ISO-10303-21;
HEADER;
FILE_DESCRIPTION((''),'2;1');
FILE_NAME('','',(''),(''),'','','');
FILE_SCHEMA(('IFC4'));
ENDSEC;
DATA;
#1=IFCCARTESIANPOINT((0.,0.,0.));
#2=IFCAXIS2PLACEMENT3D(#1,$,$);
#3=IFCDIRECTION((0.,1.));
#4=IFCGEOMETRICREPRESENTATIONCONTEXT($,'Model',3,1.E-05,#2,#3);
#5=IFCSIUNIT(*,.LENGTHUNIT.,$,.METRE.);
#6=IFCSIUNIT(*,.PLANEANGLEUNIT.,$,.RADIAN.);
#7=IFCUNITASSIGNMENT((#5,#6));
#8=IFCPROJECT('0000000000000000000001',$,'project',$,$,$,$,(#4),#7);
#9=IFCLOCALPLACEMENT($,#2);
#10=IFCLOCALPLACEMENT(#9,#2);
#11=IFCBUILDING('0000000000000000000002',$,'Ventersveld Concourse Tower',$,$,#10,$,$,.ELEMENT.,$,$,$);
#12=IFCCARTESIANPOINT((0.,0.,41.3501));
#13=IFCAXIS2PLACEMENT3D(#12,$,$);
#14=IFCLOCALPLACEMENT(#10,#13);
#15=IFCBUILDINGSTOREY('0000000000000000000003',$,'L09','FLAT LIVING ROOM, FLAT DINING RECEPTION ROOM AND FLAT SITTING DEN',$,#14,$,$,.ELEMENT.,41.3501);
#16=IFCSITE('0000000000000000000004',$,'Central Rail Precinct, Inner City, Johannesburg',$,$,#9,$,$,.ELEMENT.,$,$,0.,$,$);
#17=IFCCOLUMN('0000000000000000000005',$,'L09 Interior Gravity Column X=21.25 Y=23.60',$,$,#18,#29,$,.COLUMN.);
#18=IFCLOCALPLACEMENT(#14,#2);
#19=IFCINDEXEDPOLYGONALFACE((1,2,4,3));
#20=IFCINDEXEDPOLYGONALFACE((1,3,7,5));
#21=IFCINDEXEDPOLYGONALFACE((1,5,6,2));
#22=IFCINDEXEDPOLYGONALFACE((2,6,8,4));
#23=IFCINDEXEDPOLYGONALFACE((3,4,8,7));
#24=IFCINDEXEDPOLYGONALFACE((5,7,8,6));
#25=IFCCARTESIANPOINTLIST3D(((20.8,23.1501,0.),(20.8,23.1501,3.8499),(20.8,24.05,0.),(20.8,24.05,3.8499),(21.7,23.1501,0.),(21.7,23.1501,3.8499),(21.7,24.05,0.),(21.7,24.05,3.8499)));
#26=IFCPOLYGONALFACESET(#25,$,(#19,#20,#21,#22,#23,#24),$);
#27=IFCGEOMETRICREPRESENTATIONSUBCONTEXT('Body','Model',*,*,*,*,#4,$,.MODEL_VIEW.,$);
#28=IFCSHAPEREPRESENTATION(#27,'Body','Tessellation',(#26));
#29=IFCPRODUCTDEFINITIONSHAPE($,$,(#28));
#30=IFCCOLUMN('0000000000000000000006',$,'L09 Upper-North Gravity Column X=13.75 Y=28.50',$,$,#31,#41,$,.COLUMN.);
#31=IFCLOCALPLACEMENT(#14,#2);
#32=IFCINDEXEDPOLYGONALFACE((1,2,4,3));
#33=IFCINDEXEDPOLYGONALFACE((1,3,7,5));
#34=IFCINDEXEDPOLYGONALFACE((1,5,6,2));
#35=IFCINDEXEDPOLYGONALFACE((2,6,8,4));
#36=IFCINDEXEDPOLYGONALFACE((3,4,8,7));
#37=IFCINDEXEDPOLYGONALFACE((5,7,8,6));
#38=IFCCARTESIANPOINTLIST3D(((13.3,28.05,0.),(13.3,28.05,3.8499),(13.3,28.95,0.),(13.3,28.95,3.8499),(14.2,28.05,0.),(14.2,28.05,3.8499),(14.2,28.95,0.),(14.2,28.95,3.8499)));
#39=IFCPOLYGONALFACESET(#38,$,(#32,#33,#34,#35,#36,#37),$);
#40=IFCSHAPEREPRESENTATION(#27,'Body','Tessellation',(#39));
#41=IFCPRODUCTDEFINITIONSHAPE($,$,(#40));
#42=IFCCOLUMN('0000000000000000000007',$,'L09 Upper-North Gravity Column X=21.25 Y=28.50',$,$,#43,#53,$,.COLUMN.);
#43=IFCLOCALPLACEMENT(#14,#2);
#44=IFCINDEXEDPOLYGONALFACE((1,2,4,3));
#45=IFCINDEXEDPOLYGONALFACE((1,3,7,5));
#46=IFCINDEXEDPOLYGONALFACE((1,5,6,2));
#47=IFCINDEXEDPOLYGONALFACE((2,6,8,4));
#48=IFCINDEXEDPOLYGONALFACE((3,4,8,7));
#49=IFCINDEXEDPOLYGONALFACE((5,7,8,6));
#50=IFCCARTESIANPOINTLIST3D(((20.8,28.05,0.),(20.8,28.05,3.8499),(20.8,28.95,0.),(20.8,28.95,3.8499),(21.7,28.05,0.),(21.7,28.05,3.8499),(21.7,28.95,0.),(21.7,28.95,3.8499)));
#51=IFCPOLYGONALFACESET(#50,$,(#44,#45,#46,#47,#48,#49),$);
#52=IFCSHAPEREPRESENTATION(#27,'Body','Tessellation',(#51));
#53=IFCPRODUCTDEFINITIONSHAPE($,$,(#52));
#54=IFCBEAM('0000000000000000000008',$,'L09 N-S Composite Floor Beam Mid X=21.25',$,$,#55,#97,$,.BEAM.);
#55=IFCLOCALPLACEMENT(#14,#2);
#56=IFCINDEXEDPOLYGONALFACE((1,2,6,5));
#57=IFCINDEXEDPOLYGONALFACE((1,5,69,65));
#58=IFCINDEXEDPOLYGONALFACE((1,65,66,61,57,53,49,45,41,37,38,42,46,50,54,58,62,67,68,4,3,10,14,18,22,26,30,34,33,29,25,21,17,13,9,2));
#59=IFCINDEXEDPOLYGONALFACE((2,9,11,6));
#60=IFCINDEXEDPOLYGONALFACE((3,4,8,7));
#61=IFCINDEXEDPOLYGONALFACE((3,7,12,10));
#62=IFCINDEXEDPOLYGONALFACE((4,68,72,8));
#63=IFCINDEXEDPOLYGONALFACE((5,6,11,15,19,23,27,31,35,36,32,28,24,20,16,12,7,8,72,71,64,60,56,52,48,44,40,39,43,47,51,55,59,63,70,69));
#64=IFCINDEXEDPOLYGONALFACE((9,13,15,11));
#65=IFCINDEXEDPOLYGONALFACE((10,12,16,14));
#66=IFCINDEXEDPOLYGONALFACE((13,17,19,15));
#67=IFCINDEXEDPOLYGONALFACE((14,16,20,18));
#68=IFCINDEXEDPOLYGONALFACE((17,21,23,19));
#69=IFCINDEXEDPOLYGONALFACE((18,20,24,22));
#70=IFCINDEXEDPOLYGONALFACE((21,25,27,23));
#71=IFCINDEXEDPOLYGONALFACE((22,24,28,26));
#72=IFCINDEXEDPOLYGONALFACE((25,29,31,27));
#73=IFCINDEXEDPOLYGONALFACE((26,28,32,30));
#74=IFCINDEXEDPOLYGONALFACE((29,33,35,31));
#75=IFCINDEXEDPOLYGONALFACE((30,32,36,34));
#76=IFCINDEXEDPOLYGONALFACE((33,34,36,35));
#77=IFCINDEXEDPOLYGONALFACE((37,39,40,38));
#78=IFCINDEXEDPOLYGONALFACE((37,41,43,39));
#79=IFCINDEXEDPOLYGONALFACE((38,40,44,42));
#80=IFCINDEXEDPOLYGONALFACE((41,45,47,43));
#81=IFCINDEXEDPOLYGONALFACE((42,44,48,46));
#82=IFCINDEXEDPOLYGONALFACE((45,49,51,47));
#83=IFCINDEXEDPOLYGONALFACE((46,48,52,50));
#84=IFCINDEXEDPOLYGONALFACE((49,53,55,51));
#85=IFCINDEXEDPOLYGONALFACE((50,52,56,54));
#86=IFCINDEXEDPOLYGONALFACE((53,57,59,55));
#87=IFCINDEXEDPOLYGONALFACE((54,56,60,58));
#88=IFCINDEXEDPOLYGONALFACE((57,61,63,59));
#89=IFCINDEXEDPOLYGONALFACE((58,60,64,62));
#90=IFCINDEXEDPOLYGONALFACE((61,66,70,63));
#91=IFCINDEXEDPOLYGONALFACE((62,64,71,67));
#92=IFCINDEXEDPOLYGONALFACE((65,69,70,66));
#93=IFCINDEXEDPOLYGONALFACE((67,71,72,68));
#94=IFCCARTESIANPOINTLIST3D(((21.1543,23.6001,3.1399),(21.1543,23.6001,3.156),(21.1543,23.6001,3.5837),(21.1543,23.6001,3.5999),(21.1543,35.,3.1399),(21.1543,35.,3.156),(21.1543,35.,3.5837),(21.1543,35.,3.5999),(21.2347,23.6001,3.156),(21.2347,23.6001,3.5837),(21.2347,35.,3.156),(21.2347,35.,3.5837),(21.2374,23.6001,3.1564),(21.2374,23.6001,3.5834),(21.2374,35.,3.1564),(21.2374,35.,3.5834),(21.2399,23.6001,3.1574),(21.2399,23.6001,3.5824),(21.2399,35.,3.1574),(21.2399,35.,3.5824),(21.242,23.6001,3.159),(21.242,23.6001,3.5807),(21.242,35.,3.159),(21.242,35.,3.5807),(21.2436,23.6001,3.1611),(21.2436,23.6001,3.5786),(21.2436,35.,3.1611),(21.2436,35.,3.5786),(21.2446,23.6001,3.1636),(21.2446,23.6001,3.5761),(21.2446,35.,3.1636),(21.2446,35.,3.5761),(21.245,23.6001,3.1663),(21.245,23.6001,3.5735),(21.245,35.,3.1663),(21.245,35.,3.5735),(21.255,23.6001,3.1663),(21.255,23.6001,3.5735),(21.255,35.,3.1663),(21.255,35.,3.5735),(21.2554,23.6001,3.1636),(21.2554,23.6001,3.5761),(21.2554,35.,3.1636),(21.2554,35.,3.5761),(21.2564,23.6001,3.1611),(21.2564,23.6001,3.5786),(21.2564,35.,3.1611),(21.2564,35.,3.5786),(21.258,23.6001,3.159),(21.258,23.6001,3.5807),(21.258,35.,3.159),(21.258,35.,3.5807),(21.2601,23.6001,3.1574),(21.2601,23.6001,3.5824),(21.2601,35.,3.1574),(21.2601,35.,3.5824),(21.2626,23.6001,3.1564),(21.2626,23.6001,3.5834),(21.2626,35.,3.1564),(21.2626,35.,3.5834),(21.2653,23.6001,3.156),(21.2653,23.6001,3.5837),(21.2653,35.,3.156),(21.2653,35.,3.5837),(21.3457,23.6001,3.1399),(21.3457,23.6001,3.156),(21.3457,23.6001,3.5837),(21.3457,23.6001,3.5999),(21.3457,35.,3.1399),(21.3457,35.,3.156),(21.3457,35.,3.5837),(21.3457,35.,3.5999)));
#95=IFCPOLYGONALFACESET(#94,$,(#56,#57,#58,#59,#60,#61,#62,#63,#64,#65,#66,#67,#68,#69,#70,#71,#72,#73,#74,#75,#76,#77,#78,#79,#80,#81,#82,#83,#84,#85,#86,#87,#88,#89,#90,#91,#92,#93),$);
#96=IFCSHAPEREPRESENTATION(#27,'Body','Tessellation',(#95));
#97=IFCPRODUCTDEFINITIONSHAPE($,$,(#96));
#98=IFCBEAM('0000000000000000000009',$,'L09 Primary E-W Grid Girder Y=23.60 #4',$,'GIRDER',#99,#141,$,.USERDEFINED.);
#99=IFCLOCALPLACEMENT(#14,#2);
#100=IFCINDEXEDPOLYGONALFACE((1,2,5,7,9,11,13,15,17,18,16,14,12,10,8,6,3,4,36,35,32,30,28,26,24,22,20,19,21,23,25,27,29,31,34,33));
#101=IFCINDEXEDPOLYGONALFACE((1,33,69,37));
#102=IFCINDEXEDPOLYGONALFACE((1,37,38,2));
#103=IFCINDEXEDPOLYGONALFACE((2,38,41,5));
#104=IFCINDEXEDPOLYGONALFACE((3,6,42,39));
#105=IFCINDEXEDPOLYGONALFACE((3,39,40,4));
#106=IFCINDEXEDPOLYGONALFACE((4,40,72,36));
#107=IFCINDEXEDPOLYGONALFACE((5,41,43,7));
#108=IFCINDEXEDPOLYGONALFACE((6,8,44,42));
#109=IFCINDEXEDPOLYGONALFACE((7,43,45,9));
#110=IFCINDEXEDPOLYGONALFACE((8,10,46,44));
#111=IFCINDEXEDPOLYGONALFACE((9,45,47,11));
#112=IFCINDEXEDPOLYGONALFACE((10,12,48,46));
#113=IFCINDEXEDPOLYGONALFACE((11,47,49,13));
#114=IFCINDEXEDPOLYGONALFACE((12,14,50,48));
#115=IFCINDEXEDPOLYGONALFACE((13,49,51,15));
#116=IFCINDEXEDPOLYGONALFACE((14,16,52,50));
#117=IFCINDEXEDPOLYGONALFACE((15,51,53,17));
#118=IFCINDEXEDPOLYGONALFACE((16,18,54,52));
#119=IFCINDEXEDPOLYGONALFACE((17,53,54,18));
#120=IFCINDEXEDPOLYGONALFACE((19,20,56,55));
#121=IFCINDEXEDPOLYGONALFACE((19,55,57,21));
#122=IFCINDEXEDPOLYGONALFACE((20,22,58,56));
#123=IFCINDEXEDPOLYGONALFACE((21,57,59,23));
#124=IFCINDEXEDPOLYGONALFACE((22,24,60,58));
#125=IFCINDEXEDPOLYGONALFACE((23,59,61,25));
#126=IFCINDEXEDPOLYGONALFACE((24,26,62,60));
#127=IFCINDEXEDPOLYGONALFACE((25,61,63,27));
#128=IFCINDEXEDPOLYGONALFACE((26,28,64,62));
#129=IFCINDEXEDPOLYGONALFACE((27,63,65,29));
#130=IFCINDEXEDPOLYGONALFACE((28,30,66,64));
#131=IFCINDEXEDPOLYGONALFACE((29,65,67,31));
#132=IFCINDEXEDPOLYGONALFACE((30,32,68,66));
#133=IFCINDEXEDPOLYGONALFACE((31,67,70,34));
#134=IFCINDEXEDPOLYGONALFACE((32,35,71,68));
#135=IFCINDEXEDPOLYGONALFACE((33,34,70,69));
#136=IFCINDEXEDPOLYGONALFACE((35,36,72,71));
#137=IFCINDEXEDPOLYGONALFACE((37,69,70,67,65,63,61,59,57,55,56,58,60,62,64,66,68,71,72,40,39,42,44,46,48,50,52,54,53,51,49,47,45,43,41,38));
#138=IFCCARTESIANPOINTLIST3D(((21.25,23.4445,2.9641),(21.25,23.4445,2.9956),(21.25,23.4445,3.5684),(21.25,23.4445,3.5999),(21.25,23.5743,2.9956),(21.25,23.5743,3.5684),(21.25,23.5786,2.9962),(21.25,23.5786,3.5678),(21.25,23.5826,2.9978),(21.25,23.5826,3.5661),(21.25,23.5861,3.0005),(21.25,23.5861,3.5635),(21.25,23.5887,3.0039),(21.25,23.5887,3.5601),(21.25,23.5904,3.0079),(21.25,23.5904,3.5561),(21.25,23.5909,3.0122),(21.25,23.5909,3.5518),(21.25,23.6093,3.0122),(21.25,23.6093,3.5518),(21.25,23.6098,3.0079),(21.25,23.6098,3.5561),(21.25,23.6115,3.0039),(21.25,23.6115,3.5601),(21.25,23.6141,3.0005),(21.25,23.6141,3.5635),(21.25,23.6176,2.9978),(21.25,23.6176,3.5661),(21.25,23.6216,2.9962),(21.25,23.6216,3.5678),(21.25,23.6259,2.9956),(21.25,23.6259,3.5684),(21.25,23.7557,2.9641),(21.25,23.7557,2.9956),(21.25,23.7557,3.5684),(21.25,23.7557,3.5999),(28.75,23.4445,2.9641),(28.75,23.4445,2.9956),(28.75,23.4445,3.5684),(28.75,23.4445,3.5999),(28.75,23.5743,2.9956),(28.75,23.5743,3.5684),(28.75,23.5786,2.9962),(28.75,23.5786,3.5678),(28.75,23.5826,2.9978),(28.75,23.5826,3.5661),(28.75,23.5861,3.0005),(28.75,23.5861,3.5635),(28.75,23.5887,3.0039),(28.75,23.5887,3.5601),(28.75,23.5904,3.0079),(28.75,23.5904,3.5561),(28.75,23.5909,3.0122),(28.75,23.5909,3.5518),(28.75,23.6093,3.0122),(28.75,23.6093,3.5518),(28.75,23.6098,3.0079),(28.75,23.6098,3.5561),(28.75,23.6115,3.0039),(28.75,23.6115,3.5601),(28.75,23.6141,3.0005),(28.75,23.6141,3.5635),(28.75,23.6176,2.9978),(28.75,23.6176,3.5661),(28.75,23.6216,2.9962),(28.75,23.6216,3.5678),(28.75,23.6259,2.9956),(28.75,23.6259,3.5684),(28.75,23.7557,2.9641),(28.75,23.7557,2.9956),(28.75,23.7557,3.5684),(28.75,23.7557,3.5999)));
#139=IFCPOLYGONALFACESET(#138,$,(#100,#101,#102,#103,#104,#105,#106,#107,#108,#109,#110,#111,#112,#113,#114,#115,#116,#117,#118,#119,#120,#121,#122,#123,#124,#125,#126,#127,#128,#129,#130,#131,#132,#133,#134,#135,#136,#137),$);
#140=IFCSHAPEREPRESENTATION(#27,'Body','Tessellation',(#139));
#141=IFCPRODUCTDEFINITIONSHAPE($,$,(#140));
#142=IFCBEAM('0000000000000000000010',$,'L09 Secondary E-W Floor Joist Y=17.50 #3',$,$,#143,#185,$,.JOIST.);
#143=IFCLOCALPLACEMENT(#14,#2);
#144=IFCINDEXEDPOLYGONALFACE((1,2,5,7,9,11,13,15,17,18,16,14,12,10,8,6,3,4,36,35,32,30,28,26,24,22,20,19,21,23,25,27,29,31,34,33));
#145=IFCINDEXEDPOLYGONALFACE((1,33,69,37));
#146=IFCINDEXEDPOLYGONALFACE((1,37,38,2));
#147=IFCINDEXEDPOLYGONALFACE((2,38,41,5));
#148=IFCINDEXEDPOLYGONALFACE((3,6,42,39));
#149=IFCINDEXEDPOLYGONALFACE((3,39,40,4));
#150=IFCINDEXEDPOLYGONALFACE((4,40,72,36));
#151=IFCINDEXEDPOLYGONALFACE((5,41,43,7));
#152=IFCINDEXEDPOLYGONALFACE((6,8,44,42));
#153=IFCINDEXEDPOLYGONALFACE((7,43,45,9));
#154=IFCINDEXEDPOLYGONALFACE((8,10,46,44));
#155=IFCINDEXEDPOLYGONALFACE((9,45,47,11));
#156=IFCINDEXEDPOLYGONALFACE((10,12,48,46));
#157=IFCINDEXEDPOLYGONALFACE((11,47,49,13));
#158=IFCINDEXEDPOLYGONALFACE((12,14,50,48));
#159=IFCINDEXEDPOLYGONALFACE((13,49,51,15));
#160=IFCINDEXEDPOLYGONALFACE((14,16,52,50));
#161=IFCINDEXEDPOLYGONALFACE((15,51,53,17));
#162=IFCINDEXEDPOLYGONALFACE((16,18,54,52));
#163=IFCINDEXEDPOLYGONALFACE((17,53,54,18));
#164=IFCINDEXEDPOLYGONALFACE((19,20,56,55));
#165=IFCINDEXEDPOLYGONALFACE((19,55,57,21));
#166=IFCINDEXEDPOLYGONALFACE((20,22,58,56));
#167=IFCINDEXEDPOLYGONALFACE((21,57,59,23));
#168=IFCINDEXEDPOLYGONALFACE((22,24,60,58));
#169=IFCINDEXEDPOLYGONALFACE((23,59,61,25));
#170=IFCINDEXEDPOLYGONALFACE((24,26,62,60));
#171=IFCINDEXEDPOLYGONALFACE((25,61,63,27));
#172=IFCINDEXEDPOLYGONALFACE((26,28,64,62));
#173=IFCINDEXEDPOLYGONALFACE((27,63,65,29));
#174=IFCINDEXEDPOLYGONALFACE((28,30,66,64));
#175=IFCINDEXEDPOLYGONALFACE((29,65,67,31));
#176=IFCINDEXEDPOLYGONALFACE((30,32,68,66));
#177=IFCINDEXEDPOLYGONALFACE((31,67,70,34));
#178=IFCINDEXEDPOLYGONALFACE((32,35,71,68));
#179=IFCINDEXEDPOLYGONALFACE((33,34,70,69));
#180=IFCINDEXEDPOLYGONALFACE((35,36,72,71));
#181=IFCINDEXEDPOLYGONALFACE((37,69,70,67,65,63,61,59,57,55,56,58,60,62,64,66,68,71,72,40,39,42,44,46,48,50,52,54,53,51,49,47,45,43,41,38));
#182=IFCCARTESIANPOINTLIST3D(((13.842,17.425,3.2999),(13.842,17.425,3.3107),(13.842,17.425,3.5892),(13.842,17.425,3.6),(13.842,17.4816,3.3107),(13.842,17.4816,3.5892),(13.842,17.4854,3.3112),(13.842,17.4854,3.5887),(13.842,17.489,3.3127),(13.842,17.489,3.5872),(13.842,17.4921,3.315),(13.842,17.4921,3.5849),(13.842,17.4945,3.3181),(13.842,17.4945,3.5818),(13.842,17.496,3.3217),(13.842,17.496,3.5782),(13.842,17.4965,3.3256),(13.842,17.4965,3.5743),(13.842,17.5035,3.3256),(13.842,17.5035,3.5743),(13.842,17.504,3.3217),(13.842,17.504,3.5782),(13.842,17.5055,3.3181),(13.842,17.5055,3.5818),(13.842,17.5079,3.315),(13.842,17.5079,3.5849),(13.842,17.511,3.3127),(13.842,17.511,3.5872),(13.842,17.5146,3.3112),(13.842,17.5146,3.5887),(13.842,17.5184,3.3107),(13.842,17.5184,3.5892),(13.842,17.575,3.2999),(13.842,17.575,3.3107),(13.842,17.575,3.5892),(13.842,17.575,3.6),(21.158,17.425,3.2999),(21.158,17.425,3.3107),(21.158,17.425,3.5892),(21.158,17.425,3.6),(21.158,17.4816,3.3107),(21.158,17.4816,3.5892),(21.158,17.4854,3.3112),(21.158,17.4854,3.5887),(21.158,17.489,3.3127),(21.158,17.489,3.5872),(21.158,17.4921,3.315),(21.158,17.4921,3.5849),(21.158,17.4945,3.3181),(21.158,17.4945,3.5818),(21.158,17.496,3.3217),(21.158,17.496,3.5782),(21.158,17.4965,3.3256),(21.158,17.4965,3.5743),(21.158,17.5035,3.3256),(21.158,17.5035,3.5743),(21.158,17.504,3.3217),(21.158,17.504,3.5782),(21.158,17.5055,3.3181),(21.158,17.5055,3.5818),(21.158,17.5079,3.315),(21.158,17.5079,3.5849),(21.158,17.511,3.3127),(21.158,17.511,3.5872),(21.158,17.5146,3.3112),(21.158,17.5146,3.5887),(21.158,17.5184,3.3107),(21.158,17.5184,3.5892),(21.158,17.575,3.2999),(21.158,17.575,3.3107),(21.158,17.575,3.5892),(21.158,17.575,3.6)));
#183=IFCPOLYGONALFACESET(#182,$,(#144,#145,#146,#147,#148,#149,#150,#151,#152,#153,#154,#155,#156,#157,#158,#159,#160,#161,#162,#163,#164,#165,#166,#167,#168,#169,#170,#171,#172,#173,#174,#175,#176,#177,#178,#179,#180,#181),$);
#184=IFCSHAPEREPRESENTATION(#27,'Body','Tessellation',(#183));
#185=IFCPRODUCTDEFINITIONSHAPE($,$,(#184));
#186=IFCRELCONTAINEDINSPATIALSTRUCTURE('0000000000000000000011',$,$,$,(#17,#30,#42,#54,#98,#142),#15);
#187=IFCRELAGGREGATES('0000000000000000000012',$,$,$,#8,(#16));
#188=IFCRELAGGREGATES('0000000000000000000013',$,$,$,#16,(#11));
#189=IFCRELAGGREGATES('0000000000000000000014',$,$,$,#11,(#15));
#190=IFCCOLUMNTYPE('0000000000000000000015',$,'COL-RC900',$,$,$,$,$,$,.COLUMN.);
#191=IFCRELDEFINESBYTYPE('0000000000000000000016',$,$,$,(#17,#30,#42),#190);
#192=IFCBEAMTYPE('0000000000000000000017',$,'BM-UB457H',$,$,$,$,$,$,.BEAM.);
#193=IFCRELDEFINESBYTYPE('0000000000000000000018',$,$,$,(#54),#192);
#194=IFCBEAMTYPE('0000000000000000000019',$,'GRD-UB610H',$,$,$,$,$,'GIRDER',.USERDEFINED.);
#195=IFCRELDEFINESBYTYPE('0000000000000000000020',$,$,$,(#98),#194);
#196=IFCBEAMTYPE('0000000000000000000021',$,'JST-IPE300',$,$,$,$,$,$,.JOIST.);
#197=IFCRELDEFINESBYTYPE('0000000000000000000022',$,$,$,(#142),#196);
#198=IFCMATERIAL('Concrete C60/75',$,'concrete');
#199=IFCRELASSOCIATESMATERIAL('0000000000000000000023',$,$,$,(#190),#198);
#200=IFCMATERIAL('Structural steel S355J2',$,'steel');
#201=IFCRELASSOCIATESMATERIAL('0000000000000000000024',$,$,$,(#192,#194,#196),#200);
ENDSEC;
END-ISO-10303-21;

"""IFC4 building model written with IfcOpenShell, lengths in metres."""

from ifc_helpers import new_model, si_unit, direction, frame, origin, origin_2d, place, context, subcontext, project, spatial, rectangle, i_section, extrude, material, material_profile, profile_set, type_object, element, save


model = new_model("IFC4")

# Units and contexts
model_context = context("Model", 3, precision=1e-05, world=origin(), true_north=direction((0.0, 1.0)))
body_context = subcontext(model_context, "Body", "Model", "MODEL_VIEW")
ifc_project = project(units=[si_unit("LENGTHUNIT", "METRE"), si_unit("PLANEANGLEUNIT", "RADIAN")], contexts=[model_context])

# Site, building, storey
site_placement = place(None, origin())
site = spatial("IfcSite", under=ifc_project, at=site_placement, Name="Central Rail Precinct, Inner City, Johannesburg", CompositionType="ELEMENT", RefElevation=0.0)
building_placement = place(site_placement, origin())
building = spatial("IfcBuilding", under=site, at=building_placement, Name="Ventersveld Concourse Tower", CompositionType="ELEMENT")
storey_placement = place(building_placement, frame((0.0, 0.0, 41.3501)))
storey = spatial("IfcBuildingStorey", under=building, at=storey_placement, Name="L09", Description="FLAT LIVING ROOM, FLAT DINING RECEPTION ROOM AND FLAT SITTING DEN", CompositionType="ELEMENT", Elevation=41.3501)

# Columns
ifc_material_1 = material(Name="Concrete C60/75", Category="concrete")
ifc_material_profile_1 = material_profile(ifc_material_1, rectangle(XDim=0.8999, YDim=0.8999, at=origin_2d()), Name="RC 900x900")
ifc_profile_set_1 = profile_set([ifc_material_profile_1], Name="Concrete C60/75")
column_type = type_object("IfcColumnType", Name="COL-RC900", PredefinedType="COLUMN", material=ifc_profile_set_1)
for number, where, z_axis, x_axis, name in (
    (1, (21.25, 23.6001, 0.0), (0.0, 0.0, 1.0), (1.0, 0.0, 0.0), "L09 Interior Gravity Column X=21.25 Y=23.60"),
    (2, (13.75, 28.5, 0.0), (0.0, 0.0, 1.0), (1.0, 0.0, 0.0), "L09 Upper-North Gravity Column X=13.75 Y=28.50"),
    (3, (21.25, 28.5, 0.0), (0.0, 0.0, 1.0), (1.0, 0.0, 0.0), "L09 Upper-North Gravity Column X=21.25 Y=28.50"),
):
    element("IfcColumn", number, at=place(storey_placement, frame(where, z_axis=z_axis, x_axis=x_axis)), inside=storey, type_object=column_type, Name=name, PredefinedType="COLUMN", context=body_context, shape_type="SweptSolid", body=[
        extrude(rectangle(XDim=0.8999, YDim=0.8999, at=origin_2d()), origin(), (0.0, 0.0, 1.0), 3.8499),
    ])

# Beams
ifc_material_2 = material(Name="Structural steel S355J2", Category="steel")
ifc_material_profile_2 = material_profile(ifc_material_2, i_section(OverallWidth=0.1914, OverallDepth=0.46, WebThickness=0.01, FlangeThickness=0.0161, FilletRadius=0.0103, at=origin_2d()), Name="UB 457x191x82")
ifc_profile_set_2 = profile_set([ifc_material_profile_2], Name="Structural steel S355J2")
beam_type_1 = type_object("IfcBeamType", Name="BM-UB457H", PredefinedType="BEAM", material=ifc_profile_set_2)
beam_1_placement = place(storey_placement, frame((21.25, 23.6001, 3.3699), z_axis=(0.0, 1.0, 0.0), x_axis=(-1.0, 0.0, 0.0)))
element("IfcBeam", 4, at=beam_1_placement, inside=storey, type_object=beam_type_1, Name="L09 N-S Composite Floor Beam Mid X=21.25", PredefinedType="BEAM", context=body_context, shape_type="SweptSolid", body=[
    extrude(i_section(OverallWidth=0.1914, OverallDepth=0.46, WebThickness=0.01, FlangeThickness=0.0161, FilletRadius=0.0103, at=origin_2d()), origin(), (0.0, 0.0, 1.0), 11.3999),
])
ifc_material_profile_3 = material_profile(ifc_material_2, i_section(OverallWidth=0.3113, OverallDepth=0.6357, WebThickness=0.0183, FlangeThickness=0.0315, FilletRadius=0.0166, at=origin_2d()), Name="UB 610x305x238")
ifc_profile_set_3 = profile_set([ifc_material_profile_3], Name="Structural steel S355J2")
beam_type_2 = type_object("IfcBeamType", Name="GRD-UB610H", ElementType="GIRDER", PredefinedType="USERDEFINED", material=ifc_profile_set_3)
beam_2_placement = place(storey_placement, frame((21.25, 23.6001, 3.282), z_axis=(1.0, 0.0, 0.0), x_axis=(0.0, 1.0, 0.0)))
element("IfcBeam", 5, at=beam_2_placement, inside=storey, type_object=beam_type_2, Name="L09 Primary E-W Grid Girder Y=23.60 #4", ObjectType="GIRDER", PredefinedType="USERDEFINED", context=body_context, shape_type="SweptSolid", body=[
    extrude(i_section(OverallWidth=0.3113, OverallDepth=0.6357, WebThickness=0.0183, FlangeThickness=0.0315, FilletRadius=0.0166, at=origin_2d()), origin(), (0.0, 0.0, 1.0), 7.5),
])
ifc_material_profile_4 = material_profile(ifc_material_2, i_section(OverallWidth=0.1499, OverallDepth=0.3, WebThickness=0.0071, FlangeThickness=0.0107, FilletRadius=0.0149, at=origin_2d()), Name="IPE 300")
ifc_profile_set_4 = profile_set([ifc_material_profile_4], Name="Structural steel S355J2")
beam_type_3 = type_object("IfcBeamType", Name="JST-IPE300", PredefinedType="JOIST", material=ifc_profile_set_4)
for number, where, z_axis, x_axis, name in (
    (6, (13.842, 17.5, 3.45), (1.0, 0.0, 0.0), (0.0, 1.0, 0.0), "L09 Secondary E-W Floor Joist Y=17.50 #3"),
):
    element("IfcBeam", number, at=place(storey_placement, frame(where, z_axis=z_axis, x_axis=x_axis)), inside=storey, type_object=beam_type_3, Name=name, PredefinedType="JOIST", context=body_context, shape_type="SweptSolid", body=[
        extrude(i_section(OverallWidth=0.1499, OverallDepth=0.3, WebThickness=0.0071, FlangeThickness=0.0107, FilletRadius=0.0149, at=origin_2d()), origin(), (0.0, 0.0, 1.0), 7.3159),
    ])

save(model, "model.ifc")
